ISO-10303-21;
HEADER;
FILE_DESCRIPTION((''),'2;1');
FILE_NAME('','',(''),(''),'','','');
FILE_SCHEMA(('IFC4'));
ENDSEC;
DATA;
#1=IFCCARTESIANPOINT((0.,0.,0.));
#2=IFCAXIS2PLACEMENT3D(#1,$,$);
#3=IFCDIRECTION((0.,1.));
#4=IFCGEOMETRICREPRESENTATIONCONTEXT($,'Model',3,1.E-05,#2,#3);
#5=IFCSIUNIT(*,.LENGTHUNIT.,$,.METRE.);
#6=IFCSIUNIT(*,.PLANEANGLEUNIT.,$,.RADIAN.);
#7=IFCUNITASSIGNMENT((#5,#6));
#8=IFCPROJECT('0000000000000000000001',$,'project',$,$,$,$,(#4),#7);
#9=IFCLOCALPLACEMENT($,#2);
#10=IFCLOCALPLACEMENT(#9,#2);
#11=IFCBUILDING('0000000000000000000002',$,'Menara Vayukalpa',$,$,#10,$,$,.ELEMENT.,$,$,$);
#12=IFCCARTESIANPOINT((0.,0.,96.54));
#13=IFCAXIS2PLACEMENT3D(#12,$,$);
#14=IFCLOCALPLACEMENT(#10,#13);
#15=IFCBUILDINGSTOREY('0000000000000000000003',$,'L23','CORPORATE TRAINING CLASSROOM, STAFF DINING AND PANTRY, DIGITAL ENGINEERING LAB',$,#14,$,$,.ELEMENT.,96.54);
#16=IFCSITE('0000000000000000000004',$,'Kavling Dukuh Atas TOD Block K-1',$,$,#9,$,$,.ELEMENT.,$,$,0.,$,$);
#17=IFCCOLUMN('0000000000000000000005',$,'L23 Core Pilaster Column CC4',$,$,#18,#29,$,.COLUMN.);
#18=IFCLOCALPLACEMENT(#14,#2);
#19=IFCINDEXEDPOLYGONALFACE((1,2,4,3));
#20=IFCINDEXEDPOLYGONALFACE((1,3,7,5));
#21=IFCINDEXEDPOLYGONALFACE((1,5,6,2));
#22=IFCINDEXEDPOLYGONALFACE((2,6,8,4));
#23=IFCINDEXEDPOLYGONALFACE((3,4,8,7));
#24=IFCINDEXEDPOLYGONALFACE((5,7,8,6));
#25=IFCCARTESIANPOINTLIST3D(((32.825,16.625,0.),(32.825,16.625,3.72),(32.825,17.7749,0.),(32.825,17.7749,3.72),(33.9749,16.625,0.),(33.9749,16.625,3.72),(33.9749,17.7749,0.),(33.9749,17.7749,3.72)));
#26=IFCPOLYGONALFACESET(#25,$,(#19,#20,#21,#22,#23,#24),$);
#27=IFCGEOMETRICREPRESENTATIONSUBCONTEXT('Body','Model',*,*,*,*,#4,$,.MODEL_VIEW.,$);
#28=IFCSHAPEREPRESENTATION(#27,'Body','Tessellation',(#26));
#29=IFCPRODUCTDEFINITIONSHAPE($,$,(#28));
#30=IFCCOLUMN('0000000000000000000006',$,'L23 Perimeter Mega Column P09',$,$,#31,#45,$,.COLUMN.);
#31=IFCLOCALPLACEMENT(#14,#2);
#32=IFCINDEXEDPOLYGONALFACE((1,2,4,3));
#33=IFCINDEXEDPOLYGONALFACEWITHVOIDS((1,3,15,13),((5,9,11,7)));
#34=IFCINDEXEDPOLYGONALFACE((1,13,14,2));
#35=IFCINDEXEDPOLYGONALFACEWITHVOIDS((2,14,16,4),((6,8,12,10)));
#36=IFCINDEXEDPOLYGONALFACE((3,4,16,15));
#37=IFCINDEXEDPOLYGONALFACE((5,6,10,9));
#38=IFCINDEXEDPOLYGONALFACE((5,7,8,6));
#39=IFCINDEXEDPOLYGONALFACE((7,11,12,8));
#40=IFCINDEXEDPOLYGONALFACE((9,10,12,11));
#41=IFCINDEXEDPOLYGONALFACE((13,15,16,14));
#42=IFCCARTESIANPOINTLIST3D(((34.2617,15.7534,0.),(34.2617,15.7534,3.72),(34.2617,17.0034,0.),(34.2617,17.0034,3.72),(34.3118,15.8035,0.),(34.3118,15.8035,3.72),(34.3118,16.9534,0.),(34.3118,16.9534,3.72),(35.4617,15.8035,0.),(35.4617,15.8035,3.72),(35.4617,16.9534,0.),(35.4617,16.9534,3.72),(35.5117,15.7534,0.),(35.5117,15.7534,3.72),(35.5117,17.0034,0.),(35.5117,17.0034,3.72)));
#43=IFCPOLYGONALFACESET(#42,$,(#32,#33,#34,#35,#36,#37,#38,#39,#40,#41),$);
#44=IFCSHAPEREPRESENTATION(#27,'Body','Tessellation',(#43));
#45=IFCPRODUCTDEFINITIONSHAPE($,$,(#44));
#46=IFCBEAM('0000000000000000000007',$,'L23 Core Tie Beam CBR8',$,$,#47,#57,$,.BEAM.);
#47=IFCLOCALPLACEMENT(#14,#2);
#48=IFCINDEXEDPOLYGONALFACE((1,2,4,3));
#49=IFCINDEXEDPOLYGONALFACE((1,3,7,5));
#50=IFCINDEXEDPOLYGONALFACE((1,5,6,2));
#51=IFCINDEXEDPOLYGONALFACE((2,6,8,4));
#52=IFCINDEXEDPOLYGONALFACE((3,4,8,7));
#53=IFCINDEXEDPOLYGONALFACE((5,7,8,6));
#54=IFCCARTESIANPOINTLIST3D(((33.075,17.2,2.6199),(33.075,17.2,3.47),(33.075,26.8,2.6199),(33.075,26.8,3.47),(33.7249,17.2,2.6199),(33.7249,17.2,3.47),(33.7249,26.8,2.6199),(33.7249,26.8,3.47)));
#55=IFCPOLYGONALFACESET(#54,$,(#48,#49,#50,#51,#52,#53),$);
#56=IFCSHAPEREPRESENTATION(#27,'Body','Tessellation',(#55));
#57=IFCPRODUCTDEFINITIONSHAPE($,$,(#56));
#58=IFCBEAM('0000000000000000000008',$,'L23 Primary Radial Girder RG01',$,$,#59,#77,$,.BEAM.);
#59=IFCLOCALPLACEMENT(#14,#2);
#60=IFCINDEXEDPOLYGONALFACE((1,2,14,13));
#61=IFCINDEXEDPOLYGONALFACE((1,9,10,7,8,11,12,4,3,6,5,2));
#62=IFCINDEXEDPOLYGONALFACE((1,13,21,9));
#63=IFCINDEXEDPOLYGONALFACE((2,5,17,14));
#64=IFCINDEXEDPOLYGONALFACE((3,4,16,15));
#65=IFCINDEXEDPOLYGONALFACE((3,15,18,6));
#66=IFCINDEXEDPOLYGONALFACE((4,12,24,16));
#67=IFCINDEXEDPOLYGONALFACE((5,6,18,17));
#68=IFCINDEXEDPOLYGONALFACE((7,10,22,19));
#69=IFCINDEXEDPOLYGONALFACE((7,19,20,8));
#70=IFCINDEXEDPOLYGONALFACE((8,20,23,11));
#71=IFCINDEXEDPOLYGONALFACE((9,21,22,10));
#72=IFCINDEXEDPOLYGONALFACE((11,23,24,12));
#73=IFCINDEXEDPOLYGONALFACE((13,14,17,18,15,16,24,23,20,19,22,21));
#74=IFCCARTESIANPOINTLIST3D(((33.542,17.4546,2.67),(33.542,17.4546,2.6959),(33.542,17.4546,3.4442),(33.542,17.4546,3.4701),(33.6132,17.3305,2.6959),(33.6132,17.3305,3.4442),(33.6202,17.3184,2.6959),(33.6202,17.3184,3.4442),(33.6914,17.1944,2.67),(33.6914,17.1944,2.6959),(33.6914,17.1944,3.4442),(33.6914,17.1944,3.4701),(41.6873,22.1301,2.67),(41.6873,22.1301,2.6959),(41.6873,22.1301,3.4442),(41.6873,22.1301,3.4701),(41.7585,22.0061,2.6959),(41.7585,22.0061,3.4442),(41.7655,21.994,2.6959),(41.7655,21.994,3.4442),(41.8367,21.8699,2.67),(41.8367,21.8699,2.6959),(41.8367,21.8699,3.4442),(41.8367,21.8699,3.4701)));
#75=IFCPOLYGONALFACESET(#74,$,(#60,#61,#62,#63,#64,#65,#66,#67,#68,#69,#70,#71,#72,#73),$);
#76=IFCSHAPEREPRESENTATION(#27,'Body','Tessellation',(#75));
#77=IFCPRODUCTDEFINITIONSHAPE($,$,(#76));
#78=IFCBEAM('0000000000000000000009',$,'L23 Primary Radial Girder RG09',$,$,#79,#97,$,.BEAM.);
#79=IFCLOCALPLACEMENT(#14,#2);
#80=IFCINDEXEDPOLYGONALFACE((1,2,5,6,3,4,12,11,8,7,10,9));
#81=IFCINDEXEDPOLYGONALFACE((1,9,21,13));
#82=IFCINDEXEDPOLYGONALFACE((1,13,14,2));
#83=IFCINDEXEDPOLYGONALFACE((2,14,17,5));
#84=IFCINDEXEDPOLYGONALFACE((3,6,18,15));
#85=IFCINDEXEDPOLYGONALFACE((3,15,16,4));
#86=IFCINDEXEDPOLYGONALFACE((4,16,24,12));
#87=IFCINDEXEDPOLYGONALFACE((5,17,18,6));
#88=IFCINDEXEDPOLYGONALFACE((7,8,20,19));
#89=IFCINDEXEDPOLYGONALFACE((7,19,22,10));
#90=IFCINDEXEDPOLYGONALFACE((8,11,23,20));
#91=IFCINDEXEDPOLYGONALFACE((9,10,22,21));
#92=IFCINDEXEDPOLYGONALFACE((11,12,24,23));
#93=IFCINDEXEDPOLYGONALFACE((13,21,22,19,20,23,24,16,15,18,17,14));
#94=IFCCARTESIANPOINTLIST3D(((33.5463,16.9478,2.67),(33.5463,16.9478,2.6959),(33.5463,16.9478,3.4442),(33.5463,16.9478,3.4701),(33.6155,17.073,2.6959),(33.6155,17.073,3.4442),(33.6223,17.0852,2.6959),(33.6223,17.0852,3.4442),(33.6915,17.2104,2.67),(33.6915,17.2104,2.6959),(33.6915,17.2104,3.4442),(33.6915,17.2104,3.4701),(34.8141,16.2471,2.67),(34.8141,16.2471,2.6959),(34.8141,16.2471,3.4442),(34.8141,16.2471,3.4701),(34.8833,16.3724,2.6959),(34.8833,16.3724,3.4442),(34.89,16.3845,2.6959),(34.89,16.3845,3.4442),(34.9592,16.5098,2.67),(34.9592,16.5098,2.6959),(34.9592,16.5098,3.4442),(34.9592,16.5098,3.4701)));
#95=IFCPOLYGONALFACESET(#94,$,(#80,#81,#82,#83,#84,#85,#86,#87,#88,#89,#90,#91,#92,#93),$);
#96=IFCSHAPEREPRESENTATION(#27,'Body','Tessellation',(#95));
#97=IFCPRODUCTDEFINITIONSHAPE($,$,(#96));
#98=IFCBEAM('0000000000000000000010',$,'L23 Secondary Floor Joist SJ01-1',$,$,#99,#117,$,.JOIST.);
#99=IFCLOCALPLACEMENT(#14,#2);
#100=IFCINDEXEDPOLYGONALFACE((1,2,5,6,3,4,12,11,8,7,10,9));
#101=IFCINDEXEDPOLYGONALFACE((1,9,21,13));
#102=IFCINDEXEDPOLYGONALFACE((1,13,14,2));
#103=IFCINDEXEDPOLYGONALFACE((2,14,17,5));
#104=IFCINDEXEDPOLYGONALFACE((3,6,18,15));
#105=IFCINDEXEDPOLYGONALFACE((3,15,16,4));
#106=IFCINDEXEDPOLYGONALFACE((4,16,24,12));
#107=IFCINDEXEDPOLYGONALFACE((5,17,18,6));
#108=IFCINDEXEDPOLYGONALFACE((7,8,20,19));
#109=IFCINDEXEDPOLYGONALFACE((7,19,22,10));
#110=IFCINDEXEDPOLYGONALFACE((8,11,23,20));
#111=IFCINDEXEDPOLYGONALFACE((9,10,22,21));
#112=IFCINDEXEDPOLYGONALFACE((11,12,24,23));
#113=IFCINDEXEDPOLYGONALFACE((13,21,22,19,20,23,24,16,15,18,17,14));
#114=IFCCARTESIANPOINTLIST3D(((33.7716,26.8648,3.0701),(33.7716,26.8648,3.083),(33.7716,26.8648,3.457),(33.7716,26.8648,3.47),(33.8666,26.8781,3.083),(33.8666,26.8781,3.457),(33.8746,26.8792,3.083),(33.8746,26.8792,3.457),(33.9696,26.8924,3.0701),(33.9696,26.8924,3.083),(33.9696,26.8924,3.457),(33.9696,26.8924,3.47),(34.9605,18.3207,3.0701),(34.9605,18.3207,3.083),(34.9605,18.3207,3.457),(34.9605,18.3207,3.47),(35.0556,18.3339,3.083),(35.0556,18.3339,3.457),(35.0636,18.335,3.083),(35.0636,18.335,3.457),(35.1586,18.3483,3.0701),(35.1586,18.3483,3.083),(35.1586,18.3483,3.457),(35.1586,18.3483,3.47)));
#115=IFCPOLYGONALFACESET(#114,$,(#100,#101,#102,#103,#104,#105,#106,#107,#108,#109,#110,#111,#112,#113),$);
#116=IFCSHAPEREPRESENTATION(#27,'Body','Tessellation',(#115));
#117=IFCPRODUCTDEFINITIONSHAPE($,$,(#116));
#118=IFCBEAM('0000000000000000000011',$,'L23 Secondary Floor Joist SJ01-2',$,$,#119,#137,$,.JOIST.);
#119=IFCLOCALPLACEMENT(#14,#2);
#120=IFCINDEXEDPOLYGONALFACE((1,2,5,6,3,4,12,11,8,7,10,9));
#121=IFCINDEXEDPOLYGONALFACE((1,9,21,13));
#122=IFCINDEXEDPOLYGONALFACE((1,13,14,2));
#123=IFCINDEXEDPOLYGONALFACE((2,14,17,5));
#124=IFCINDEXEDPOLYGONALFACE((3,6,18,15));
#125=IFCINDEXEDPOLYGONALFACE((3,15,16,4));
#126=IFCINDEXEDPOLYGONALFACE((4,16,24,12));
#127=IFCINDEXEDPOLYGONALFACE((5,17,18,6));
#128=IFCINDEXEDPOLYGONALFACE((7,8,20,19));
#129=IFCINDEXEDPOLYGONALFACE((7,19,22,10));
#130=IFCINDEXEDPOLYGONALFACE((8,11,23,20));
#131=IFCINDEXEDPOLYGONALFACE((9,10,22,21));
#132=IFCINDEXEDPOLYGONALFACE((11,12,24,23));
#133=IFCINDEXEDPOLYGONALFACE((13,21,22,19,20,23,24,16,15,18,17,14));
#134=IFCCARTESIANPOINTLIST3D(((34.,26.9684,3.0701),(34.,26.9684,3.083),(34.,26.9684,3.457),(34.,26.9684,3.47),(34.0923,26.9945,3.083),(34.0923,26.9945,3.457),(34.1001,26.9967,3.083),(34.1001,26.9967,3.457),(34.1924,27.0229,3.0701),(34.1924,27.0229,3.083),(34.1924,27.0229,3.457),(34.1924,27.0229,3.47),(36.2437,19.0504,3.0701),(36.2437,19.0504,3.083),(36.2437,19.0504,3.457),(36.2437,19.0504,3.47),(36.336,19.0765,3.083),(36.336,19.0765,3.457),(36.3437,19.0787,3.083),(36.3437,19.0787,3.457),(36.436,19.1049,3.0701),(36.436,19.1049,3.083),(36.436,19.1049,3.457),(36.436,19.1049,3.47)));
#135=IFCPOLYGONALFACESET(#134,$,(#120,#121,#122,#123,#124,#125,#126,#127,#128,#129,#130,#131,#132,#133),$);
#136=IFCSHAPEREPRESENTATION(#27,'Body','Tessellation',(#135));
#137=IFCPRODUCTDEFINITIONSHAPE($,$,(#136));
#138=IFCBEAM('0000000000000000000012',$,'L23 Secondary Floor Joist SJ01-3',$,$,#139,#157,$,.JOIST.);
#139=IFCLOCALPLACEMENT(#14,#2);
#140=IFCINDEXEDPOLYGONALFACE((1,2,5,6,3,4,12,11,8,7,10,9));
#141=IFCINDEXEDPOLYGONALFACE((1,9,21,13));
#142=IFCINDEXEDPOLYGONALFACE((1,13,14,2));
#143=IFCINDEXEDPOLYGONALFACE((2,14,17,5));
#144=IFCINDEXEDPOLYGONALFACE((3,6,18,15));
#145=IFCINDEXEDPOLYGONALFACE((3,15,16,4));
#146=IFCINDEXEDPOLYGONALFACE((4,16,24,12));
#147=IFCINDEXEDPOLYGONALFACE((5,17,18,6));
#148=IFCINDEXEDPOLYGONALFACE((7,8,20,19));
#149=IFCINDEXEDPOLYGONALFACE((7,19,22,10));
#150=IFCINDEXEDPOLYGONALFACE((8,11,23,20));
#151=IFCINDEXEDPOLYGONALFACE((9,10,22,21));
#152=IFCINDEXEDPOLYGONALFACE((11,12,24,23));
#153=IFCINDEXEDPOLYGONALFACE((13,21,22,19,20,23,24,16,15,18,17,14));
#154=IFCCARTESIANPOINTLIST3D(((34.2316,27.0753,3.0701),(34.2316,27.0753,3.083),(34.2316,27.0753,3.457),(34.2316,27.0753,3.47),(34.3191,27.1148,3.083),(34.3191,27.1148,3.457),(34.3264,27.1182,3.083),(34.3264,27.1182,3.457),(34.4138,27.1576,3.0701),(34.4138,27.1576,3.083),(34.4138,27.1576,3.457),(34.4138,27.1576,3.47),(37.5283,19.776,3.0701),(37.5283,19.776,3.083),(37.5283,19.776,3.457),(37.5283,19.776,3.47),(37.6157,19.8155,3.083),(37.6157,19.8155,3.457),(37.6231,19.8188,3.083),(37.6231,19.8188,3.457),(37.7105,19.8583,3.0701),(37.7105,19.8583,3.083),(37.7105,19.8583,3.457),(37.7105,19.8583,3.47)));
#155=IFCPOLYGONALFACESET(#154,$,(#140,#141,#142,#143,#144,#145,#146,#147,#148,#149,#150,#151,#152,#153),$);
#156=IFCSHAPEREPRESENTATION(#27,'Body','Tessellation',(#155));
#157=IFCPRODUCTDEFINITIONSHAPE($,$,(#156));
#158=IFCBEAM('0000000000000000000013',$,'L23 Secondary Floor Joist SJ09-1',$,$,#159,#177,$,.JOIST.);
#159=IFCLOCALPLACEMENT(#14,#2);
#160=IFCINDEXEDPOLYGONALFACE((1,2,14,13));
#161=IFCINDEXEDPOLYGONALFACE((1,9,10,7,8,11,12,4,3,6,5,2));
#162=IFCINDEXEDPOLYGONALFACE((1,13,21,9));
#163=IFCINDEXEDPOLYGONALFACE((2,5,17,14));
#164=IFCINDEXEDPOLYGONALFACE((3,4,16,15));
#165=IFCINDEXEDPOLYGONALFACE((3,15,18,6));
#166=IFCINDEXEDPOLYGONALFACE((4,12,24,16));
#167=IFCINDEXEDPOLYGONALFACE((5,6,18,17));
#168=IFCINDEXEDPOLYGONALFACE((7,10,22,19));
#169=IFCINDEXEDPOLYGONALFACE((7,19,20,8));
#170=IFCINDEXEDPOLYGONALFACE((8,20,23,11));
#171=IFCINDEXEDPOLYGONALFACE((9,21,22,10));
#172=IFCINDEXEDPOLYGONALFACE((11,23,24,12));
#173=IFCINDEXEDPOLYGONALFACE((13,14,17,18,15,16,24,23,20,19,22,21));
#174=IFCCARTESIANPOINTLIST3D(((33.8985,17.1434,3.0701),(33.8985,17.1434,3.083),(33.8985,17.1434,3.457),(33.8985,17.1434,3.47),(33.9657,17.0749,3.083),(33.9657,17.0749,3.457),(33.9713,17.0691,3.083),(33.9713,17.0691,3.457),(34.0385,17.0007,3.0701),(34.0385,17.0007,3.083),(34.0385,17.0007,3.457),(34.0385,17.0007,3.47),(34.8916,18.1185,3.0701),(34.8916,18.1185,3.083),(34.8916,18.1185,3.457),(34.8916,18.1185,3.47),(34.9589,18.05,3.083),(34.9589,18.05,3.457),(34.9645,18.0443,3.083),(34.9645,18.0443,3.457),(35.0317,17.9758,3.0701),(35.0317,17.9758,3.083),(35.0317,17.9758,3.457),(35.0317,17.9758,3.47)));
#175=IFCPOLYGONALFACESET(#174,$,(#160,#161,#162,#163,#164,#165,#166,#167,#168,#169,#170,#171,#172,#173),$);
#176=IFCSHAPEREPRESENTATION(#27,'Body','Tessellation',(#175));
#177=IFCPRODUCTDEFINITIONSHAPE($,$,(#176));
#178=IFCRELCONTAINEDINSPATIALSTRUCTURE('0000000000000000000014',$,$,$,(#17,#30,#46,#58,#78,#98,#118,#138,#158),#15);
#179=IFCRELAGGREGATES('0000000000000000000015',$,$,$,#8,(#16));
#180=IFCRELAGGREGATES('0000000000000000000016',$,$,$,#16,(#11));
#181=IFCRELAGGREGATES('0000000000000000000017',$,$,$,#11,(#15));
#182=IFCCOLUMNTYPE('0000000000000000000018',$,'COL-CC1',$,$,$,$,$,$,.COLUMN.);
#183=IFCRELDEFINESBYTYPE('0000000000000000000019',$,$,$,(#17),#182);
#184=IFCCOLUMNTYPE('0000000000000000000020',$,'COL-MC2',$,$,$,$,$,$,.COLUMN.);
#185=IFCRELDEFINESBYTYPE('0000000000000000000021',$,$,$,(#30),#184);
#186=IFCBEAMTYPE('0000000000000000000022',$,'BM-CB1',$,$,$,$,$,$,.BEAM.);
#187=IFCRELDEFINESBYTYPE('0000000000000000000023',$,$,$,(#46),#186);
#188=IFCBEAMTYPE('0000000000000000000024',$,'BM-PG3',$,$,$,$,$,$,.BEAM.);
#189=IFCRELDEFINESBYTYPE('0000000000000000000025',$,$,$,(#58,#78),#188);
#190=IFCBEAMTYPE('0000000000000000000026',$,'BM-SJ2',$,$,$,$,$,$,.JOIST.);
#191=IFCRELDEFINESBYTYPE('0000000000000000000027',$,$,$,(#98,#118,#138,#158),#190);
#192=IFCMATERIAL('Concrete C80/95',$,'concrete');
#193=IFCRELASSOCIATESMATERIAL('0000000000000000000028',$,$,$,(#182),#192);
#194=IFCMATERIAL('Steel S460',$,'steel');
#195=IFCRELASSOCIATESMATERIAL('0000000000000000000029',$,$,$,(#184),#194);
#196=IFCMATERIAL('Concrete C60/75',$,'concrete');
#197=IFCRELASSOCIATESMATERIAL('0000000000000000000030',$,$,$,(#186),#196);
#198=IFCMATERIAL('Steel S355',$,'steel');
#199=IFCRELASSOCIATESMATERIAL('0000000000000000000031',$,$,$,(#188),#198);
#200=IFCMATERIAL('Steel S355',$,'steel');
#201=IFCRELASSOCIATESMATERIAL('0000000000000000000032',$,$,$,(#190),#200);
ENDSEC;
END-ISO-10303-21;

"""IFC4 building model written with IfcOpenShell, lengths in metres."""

from ifc_helpers import new_model, si_unit, direction, frame, origin, origin_2d, place, context, subcontext, project, spatial, rectangle, hollow_rectangle, i_section, extrude, material, material_profile, profile_set, type_object, element, save


model = new_model("IFC4")

# Units and contexts
model_context = context("Model", 3, precision=1e-05, world=origin(), true_north=direction((0.0, 1.0)))
body_context = subcontext(model_context, "Body", "Model", "MODEL_VIEW")
ifc_project = project(units=[si_unit("LENGTHUNIT", "METRE"), si_unit("PLANEANGLEUNIT", "RADIAN")], contexts=[model_context])

# Site, building, storey
site_placement = place(None, origin())
site = spatial("IfcSite", under=ifc_project, at=site_placement, Name="Kavling Dukuh Atas TOD Block K-1", CompositionType="ELEMENT", RefElevation=0.0)
building_placement = place(site_placement, origin())
building = spatial("IfcBuilding", under=site, at=building_placement, Name="Menara Vayukalpa", CompositionType="ELEMENT")
storey_placement = place(building_placement, frame((0.0, 0.0, 96.54)))
storey = spatial("IfcBuildingStorey", under=building, at=storey_placement, Name="L23", Description="CORPORATE TRAINING CLASSROOM, STAFF DINING AND PANTRY, DIGITAL ENGINEERING LAB", CompositionType="ELEMENT", Elevation=96.54)

# Columns
ifc_material_1 = material(Name="Concrete C80/95", Category="concrete")
ifc_material_profile_1 = material_profile(ifc_material_1, rectangle(XDim=1.1499, YDim=1.1499, at=origin_2d()), Name="RC 1150x1150")
ifc_profile_set_1 = profile_set([ifc_material_profile_1], Name="Concrete C80/95")
column_type_1 = type_object("IfcColumnType", Name="COL-CC1", PredefinedType="COLUMN", material=ifc_profile_set_1)
column_1_placement = place(storey_placement, frame((33.3999, 17.2, 0.0), z_axis=(0.0, 0.0, 1.0), x_axis=(1.0, 0.0, 0.0)))
element("IfcColumn", 1, at=column_1_placement, inside=storey, type_object=column_type_1, Name="L23 Core Pilaster Column CC4", PredefinedType="COLUMN", context=body_context, shape_type="SweptSolid", body=[
    extrude(rectangle(XDim=1.1499, YDim=1.1499, at=origin_2d()), origin(), (0.0, 0.0, 1.0), 3.72),
])
ifc_material_2 = material(Name="Steel S460", Category="steel")
ifc_material_profile_2 = material_profile(ifc_material_2, hollow_rectangle(XDim=1.25, YDim=1.25, WallThickness=0.05, at=origin_2d()), Name="BOX 1250x1250x50")
ifc_profile_set_2 = profile_set([ifc_material_profile_2], Name="Steel S460")
column_type_2 = type_object("IfcColumnType", Name="COL-MC2", PredefinedType="COLUMN", material=ifc_profile_set_2)
column_2_placement = place(storey_placement, frame((34.8867, 16.3784, 0.0), z_axis=(0.0, 0.0, 1.0), x_axis=(1.0, 0.0, 0.0)))
element("IfcColumn", 2, at=column_2_placement, inside=storey, type_object=column_type_2, Name="L23 Perimeter Mega Column P09", PredefinedType="COLUMN", context=body_context, shape_type="SweptSolid", body=[
    extrude(hollow_rectangle(XDim=1.25, YDim=1.25, WallThickness=0.05, at=origin_2d()), origin(), (0.0, 0.0, 1.0), 3.72),
])

# Beams
ifc_material_3 = material(Name="Concrete C60/75", Category="concrete")
ifc_material_profile_3 = material_profile(ifc_material_3, rectangle(XDim=0.6499, YDim=0.8501, at=origin_2d()), Name="RC 650x850")
ifc_profile_set_3 = profile_set([ifc_material_profile_3], Name="Concrete C60/75")
beam_type_1 = type_object("IfcBeamType", Name="BM-CB1", PredefinedType="BEAM", material=ifc_profile_set_3)
beam_1_placement = place(storey_placement, frame((33.3999, 17.2, 3.0449), z_axis=(0.0, 1.0, 0.0), x_axis=(-1.0, 0.0, 0.0)))
element("IfcBeam", 3, at=beam_1_placement, inside=storey, type_object=beam_type_1, Name="L23 Core Tie Beam CBR8", PredefinedType="BEAM", context=body_context, shape_type="SweptSolid", body=[
    extrude(rectangle(XDim=0.6499, YDim=0.8501, at=origin_2d()), origin(), (0.0, 0.0, 1.0), 9.6001),
])
ifc_material_4 = material(Name="Steel S355", Category="steel")
ifc_material_profile_4 = material_profile(ifc_material_4, i_section(OverallWidth=0.3, OverallDepth=0.8, WebThickness=0.0139, FlangeThickness=0.0259, at=origin_2d()), Name="WF 800x300x14x26")
ifc_profile_set_4 = profile_set([ifc_material_profile_4], Name="Steel S355")
beam_type_2 = type_object("IfcBeamType", Name="BM-PG3", PredefinedType="BEAM", material=ifc_profile_set_4)
beam_2_placement = place(storey_placement, frame((33.6167, 17.3245, 3.0701), z_axis=(0.867274, 0.497832, 0.0), x_axis=(-0.497832, 0.867274, 0.0)))
element("IfcBeam", 4, at=beam_2_placement, inside=storey, type_object=beam_type_2, Name="L23 Primary Radial Girder RG01", PredefinedType="BEAM", context=body_context, shape_type="SweptSolid", body=[
    extrude(i_section(OverallWidth=0.3, OverallDepth=0.8, WebThickness=0.0139, FlangeThickness=0.0259, at=origin_2d()), origin(), (0.0, 0.0, 1.0), 9.3918),
])
beam_3_placement = place(storey_placement, frame((33.6189, 17.0791, 3.0701), z_axis=(0.875228, -0.48371, 0.0), x_axis=(0.48371, 0.875228, 0.0)))
element("IfcBeam", 5, at=beam_3_placement, inside=storey, type_object=beam_type_2, Name="L23 Primary Radial Girder RG09", PredefinedType="BEAM", context=body_context, shape_type="SweptSolid", body=[
    extrude(i_section(OverallWidth=0.3, OverallDepth=0.8, WebThickness=0.0139, FlangeThickness=0.0259, at=origin_2d()), origin(), (0.0, 0.0, 1.0), 1.4485),
])
ifc_material_5 = material(Name="Steel S355", Category="steel")
ifc_material_profile_5 = material_profile(ifc_material_5, i_section(OverallWidth=0.2, OverallDepth=0.3999, WebThickness=0.0081, FlangeThickness=0.0129, at=origin_2d()), Name="WF 400x200x8x13")
ifc_profile_set_5 = profile_set([ifc_material_profile_5], Name="Steel S355")
beam_type_3 = type_object("IfcBeamType", Name="BM-SJ2", PredefinedType="JOIST", material=ifc_profile_set_5)
beam_4_placement = place(storey_placement, frame((35.0596, 18.3345, 3.27), z_axis=(-0.137827, 0.990456, 0.0), x_axis=(-0.990456, -0.137827, 0.0)))
element("IfcBeam", 6, at=beam_4_placement, inside=storey, type_object=beam_type_3, Name="L23 Secondary Floor Joist SJ01-1", PredefinedType="JOIST", context=body_context, shape_type="SweptSolid", body=[
    extrude(i_section(OverallWidth=0.2, OverallDepth=0.3999, WebThickness=0.0081, FlangeThickness=0.0129, at=origin_2d()), origin(), (0.0, 0.0, 1.0), 8.6265),
])
beam_5_placement = place(storey_placement, frame((36.3398, 19.0776, 3.27), z_axis=(-0.272628, 0.962119, 0.0), x_axis=(-0.962119, -0.272628, 0.0)))
element("IfcBeam", 7, at=beam_5_placement, inside=storey, type_object=beam_type_3, Name="L23 Secondary Floor Joist SJ01-2", PredefinedType="JOIST", context=body_context, shape_type="SweptSolid", body=[
    extrude(i_section(OverallWidth=0.2, OverallDepth=0.3999, WebThickness=0.0081, FlangeThickness=0.0129, at=origin_2d()), origin(), (0.0, 0.0, 1.0), 8.2297),
])
beam_6_placement = place(storey_placement, frame((37.6194, 19.8171, 3.27), z_axis=(-0.411604, 0.911363, 0.0), x_axis=(-0.911363, -0.411604, 0.0)))
element("IfcBeam", 8, at=beam_6_placement, inside=storey, type_object=beam_type_3, Name="L23 Secondary Floor Joist SJ01-3", PredefinedType="JOIST", context=body_context, shape_type="SweptSolid", body=[
    extrude(i_section(OverallWidth=0.2, OverallDepth=0.3999, WebThickness=0.0081, FlangeThickness=0.0129, at=origin_2d()), origin(), (0.0, 0.0, 1.0), 8.0093),
])
beam_7_placement = place(storey_placement, frame((33.9685, 17.072, 3.27), z_axis=(0.713567, 0.700587, 0.0), x_axis=(-0.700587, 0.713567, 0.0)))
element("IfcBeam", 9, at=beam_7_placement, inside=storey, type_object=beam_type_3, Name="L23 Secondary Floor Joist SJ09-1", PredefinedType="JOIST", context=body_context, shape_type="SweptSolid", body=[
    extrude(i_section(OverallWidth=0.2, OverallDepth=0.3999, WebThickness=0.0081, FlangeThickness=0.0129, at=origin_2d()), origin(), (0.0, 0.0, 1.0), 1.3918),
])

save(model, "model.ifc")
